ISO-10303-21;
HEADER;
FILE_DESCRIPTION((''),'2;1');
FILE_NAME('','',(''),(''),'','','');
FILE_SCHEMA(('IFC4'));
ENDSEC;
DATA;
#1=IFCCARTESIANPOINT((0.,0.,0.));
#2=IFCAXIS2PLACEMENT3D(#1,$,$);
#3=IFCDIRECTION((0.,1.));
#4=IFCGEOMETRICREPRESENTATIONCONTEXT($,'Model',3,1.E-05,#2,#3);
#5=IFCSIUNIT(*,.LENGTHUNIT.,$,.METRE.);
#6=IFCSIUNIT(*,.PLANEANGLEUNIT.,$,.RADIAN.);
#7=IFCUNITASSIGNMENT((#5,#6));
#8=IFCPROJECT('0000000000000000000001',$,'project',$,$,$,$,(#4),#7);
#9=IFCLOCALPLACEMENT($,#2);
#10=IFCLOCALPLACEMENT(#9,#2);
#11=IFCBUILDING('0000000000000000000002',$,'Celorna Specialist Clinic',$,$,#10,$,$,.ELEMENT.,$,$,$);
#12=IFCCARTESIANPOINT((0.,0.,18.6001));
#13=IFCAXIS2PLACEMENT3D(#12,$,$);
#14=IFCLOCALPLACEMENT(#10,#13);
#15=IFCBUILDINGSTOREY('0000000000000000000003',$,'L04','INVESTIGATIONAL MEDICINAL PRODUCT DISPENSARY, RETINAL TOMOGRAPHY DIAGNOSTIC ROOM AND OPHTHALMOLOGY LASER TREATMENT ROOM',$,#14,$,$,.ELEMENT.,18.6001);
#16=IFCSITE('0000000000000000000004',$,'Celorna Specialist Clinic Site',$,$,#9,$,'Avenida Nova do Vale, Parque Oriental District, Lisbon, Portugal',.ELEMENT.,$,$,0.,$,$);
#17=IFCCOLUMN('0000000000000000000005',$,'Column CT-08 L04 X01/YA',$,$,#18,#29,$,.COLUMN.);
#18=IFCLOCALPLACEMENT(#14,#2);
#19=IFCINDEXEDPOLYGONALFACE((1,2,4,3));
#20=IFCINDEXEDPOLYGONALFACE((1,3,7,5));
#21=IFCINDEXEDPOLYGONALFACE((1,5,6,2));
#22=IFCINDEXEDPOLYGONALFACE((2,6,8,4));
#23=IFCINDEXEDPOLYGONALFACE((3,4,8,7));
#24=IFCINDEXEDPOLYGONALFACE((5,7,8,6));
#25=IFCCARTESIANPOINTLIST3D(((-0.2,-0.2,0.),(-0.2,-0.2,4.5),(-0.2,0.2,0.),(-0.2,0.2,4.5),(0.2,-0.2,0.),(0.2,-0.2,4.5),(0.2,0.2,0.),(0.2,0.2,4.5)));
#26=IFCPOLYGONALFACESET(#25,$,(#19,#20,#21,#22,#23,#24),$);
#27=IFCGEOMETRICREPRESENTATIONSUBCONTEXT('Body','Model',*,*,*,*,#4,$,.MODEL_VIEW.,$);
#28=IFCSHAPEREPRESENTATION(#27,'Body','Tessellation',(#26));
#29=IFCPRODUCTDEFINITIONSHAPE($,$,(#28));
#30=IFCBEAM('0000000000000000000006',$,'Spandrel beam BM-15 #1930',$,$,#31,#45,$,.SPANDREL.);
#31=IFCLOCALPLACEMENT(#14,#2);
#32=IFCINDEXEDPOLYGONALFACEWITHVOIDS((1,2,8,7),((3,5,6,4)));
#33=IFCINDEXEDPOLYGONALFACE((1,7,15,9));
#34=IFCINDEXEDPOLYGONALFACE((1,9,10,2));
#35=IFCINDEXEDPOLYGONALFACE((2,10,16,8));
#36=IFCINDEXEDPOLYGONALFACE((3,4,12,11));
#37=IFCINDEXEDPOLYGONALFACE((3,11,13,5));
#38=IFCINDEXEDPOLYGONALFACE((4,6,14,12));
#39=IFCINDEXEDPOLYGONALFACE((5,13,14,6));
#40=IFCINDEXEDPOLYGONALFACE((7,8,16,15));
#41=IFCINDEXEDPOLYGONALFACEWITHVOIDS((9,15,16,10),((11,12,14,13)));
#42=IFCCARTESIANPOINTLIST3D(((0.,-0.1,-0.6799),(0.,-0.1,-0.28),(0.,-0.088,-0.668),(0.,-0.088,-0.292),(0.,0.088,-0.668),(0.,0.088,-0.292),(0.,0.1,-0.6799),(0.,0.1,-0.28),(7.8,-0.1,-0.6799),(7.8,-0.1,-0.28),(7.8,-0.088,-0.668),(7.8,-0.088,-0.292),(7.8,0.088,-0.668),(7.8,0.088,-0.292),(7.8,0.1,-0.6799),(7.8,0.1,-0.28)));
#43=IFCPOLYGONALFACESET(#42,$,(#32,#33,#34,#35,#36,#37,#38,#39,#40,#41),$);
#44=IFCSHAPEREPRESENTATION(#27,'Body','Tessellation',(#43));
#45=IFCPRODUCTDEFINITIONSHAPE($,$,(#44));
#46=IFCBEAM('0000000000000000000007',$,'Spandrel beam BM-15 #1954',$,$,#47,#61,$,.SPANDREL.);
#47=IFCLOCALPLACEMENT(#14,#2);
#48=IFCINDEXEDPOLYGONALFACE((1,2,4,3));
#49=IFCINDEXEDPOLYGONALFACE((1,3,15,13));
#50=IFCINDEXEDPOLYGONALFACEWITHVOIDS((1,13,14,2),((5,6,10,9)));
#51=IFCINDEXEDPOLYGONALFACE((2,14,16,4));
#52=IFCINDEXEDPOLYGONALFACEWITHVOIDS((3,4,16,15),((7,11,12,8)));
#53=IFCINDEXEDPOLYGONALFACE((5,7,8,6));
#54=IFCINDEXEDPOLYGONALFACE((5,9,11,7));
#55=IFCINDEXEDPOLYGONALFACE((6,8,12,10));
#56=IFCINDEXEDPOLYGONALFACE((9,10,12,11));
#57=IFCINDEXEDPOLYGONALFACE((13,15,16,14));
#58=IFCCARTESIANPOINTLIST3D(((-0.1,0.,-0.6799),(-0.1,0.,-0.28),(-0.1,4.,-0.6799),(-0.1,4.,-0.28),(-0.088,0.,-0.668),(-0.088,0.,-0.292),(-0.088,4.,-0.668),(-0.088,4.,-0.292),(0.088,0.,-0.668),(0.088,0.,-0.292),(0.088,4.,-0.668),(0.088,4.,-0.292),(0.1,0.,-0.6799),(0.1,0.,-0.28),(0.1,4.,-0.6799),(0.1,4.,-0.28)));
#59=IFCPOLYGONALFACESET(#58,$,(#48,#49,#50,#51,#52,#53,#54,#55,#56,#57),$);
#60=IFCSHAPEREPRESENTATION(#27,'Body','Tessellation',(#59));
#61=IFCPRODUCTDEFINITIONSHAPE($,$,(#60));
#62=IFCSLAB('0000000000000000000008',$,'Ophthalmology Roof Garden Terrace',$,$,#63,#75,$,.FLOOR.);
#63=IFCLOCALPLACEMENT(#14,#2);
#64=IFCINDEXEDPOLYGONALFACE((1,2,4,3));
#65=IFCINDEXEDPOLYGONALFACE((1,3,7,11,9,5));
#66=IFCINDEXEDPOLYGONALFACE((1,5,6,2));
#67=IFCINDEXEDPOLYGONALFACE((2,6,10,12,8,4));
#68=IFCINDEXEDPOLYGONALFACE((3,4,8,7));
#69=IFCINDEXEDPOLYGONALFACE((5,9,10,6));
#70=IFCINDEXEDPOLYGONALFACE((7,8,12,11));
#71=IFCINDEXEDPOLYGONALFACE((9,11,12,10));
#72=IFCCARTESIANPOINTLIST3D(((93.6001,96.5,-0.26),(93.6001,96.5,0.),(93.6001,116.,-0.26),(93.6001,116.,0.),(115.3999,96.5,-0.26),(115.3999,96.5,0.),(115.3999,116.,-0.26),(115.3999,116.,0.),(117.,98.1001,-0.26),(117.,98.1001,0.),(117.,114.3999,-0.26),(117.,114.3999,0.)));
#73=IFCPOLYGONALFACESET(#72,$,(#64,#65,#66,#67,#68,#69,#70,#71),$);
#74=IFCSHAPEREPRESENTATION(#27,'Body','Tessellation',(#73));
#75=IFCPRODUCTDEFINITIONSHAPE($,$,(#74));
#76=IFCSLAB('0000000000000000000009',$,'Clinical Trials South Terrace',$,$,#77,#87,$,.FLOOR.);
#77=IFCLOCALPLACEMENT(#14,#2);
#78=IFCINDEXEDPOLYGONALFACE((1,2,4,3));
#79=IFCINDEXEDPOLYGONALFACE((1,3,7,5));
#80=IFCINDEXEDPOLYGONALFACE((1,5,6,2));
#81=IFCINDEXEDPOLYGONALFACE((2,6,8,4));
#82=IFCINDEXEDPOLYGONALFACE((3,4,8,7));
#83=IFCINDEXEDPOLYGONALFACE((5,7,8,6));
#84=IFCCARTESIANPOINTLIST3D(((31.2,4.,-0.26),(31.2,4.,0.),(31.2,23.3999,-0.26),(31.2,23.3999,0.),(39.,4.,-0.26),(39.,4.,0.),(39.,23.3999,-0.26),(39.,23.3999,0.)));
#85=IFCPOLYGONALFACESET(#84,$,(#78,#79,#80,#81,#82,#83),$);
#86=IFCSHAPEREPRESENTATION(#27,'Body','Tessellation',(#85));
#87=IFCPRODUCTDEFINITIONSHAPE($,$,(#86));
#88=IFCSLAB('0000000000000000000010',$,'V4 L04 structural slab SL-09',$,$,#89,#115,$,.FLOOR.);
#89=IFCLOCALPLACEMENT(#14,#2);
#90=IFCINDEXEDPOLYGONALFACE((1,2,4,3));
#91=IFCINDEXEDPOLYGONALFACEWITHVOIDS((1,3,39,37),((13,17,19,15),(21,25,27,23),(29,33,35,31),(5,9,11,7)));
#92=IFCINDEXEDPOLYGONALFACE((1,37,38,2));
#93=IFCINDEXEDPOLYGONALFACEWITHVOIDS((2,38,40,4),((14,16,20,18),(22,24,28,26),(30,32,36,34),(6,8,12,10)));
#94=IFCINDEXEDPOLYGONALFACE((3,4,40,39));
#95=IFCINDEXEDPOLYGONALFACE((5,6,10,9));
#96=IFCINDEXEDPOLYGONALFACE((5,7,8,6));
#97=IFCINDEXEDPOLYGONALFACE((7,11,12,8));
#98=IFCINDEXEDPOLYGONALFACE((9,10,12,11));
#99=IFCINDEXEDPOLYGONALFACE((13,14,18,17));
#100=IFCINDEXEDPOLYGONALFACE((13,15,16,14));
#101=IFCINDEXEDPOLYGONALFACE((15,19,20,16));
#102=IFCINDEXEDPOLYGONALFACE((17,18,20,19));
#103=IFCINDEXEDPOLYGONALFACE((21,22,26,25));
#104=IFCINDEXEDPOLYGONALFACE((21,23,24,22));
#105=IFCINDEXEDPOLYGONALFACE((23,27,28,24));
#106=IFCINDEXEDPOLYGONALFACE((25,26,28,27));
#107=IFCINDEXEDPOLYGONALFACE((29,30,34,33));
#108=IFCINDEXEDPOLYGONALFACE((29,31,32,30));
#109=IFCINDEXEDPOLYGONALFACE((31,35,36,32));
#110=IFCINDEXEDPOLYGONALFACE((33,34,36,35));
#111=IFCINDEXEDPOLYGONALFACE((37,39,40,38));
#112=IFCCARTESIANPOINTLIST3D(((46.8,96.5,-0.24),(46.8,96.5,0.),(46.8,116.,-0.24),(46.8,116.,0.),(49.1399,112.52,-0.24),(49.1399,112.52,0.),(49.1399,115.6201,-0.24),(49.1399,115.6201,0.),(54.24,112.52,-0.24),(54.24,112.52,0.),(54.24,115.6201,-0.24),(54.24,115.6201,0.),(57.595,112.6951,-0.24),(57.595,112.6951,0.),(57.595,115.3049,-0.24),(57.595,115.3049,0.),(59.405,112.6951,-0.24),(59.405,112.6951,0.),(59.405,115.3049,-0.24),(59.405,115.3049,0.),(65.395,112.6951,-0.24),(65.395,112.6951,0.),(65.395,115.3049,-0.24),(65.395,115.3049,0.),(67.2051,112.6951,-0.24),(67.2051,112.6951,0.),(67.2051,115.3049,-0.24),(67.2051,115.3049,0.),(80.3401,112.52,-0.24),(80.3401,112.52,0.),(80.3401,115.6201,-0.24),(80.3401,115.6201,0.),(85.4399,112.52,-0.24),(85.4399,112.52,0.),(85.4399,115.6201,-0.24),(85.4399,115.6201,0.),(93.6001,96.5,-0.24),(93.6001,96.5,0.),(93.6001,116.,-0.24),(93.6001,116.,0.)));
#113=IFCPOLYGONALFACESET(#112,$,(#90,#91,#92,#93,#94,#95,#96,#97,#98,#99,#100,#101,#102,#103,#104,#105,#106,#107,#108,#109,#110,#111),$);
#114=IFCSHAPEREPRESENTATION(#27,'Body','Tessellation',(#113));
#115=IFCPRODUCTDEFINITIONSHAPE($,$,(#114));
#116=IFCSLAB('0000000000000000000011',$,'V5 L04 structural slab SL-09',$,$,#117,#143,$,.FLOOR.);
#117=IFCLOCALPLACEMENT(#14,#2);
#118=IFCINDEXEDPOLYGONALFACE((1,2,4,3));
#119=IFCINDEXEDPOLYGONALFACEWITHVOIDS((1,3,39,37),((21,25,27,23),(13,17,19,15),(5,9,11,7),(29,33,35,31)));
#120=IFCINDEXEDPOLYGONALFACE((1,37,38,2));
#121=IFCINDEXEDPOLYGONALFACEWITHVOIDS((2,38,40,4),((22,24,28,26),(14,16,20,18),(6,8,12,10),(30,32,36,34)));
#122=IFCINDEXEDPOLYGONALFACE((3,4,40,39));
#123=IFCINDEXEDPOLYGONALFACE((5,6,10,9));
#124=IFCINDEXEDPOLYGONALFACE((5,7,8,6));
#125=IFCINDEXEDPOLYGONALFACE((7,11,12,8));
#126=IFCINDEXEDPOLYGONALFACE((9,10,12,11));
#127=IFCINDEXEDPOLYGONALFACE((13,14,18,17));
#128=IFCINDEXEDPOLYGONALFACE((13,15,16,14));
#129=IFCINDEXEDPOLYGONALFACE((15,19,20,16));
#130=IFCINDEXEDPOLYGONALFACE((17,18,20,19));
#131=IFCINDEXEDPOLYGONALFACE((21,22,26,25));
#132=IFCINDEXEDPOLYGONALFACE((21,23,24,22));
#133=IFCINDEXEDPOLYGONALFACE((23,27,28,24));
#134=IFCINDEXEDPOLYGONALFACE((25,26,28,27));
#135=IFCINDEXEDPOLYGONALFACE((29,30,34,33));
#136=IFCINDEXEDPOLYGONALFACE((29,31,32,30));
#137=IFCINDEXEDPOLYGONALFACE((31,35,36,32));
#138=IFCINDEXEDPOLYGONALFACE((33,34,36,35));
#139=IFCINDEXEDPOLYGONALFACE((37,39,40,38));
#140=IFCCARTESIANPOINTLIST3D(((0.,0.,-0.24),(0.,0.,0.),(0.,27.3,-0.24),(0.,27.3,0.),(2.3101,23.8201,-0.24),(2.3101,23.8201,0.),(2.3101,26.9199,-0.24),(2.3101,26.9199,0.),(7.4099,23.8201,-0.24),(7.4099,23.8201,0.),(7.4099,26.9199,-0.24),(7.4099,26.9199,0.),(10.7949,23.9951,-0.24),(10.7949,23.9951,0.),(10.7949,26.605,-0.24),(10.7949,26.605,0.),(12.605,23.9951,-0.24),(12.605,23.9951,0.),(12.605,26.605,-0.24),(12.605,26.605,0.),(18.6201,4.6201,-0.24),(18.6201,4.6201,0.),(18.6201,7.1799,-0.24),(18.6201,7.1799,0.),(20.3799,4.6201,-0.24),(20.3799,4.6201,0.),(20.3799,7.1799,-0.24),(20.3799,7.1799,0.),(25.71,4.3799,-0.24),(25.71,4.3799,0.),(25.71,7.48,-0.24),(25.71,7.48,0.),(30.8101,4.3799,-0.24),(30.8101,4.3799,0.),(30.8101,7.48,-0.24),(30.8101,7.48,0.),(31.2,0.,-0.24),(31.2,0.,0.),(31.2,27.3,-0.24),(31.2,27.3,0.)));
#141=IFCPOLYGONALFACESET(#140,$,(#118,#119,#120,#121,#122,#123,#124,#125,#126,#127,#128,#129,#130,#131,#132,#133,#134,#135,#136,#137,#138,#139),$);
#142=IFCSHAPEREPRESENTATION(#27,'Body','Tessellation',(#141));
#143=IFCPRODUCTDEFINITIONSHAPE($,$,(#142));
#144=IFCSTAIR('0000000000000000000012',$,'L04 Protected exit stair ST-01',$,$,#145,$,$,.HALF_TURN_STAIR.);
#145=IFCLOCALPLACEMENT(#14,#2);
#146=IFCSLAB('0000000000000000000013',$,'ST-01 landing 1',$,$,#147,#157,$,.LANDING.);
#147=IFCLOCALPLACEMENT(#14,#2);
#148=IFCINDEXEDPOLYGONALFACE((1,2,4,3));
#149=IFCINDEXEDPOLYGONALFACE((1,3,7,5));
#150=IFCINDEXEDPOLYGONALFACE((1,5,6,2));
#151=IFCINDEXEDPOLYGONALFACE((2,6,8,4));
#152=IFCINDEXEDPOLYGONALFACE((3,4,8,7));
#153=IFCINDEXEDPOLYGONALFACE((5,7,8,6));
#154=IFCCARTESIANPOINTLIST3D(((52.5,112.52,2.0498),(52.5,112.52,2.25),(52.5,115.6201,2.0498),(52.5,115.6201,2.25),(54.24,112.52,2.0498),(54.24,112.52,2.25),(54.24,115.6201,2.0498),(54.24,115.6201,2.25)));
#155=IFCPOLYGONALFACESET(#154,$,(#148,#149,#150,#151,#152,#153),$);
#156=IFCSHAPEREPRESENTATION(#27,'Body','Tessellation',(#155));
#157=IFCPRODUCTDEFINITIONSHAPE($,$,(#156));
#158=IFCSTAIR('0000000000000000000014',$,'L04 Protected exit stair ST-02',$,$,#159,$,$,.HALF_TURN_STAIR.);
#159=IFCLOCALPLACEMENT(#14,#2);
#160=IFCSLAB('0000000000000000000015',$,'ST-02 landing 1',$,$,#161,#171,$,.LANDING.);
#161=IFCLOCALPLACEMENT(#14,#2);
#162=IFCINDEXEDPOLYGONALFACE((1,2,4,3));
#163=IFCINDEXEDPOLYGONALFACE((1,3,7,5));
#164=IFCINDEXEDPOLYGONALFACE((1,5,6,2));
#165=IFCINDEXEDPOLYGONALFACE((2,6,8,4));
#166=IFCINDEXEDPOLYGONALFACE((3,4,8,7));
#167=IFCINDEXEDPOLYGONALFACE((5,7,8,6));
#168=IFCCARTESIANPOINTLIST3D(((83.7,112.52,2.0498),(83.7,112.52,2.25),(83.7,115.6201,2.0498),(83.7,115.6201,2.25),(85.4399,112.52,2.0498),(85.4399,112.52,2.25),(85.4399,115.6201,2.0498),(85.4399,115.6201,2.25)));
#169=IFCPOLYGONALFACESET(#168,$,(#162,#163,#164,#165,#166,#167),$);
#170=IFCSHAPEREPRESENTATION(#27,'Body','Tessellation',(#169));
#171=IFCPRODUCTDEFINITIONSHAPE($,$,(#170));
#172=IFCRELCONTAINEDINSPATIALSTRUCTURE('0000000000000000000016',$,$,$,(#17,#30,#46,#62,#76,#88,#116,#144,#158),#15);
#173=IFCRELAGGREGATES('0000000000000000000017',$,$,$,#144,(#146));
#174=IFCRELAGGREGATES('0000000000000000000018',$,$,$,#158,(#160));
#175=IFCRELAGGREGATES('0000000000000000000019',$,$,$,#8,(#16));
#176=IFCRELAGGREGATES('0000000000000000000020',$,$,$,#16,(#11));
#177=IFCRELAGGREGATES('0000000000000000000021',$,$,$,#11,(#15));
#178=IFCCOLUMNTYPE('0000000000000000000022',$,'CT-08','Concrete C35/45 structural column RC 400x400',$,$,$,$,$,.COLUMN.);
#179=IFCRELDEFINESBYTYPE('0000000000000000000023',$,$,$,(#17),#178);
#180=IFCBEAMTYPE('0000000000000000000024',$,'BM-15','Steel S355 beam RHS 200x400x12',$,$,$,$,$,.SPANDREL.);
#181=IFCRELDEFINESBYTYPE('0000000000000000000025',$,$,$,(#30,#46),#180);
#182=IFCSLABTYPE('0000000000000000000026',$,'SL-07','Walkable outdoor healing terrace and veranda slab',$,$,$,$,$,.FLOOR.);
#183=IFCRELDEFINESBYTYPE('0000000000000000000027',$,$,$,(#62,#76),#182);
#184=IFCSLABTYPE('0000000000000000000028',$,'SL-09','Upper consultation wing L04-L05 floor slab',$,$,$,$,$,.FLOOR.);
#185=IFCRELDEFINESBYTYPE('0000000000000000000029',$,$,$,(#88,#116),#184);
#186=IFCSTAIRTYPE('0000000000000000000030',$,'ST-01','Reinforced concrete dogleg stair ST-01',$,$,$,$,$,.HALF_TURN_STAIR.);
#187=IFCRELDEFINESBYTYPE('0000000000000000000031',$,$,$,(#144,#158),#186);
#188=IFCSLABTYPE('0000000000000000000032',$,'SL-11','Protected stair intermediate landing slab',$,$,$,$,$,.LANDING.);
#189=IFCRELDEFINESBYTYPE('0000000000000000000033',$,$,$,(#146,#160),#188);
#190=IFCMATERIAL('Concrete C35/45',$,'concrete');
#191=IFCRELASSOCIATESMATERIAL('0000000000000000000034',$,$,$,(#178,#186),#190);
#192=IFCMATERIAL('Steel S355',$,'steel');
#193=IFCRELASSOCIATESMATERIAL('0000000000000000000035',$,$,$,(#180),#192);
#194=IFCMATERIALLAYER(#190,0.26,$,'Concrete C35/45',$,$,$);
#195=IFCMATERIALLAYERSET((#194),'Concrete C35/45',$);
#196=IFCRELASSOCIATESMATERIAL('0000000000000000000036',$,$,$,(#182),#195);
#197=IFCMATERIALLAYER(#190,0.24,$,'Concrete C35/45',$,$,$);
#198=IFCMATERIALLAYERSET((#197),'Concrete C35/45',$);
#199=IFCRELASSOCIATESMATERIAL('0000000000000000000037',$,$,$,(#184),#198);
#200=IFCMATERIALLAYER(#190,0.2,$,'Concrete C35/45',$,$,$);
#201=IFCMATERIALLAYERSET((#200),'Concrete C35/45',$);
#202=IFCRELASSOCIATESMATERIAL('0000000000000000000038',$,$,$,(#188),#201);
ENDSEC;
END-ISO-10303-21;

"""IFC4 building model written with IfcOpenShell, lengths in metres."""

from ifc_helpers import new_model, si_unit, direction, frame, origin, origin_with_axes, origin_2d, place, context, subcontext, project, spatial, polyline, rectangle, hollow_rectangle, outline, extrude, material, layer, layer_set, material_profile, profile_set, type_object, element, aggregate, save


model = new_model("IFC4")

# Units and contexts
model_context = context("Model", 3, precision=1e-05, world=origin(), true_north=direction((0.0, 1.0)))
body_context = subcontext(model_context, "Body", "Model", "MODEL_VIEW")
ifc_project = project(units=[si_unit("LENGTHUNIT", "METRE"), si_unit("PLANEANGLEUNIT", "RADIAN")], contexts=[model_context])

# Site, building, storey
site_placement = place(None, origin())
site = spatial("IfcSite", under=ifc_project, at=site_placement, Name="Celorna Specialist Clinic Site", LongName="Avenida Nova do Vale, Parque Oriental District, Lisbon, Portugal", CompositionType="ELEMENT", RefElevation=0.0)
building_placement = place(site_placement, origin())
building = spatial("IfcBuilding", under=site, at=building_placement, Name="Celorna Specialist Clinic", CompositionType="ELEMENT")
storey_placement = place(building_placement, frame((0.0, 0.0, 18.6001)))
storey = spatial("IfcBuildingStorey", under=building, at=storey_placement, Name="L04", Description="INVESTIGATIONAL MEDICINAL PRODUCT DISPENSARY, RETINAL TOMOGRAPHY DIAGNOSTIC ROOM AND OPHTHALMOLOGY LASER TREATMENT ROOM", CompositionType="ELEMENT", Elevation=18.6001)

# Column
ifc_material_1 = material(Name="Concrete C35/45", Category="concrete")
ifc_material_profile_1 = material_profile(ifc_material_1, rectangle(XDim=0.3999, YDim=0.3999, at=origin_2d()), Name="RC 400x400")
ifc_profile_set_1 = profile_set([ifc_material_profile_1], Name="Concrete C35/45")
column_type = type_object("IfcColumnType", Name="CT-08", Description="Concrete C35/45 structural column RC 400x400", PredefinedType="COLUMN", material=ifc_profile_set_1)
column_placement = place(storey_placement, origin_with_axes())
element("IfcColumn", 1, at=column_placement, inside=storey, type_object=column_type, Name="Column CT-08 L04 X01/YA", PredefinedType="COLUMN", context=body_context, shape_type="SweptSolid", body=[
    extrude(rectangle(XDim=0.3999, YDim=0.3999, at=origin_2d()), origin(), (0.0, 0.0, 1.0), 4.5),
])

# Beams
ifc_material_2 = material(Name="Steel S355", Category="steel")
ifc_material_profile_2 = material_profile(ifc_material_2, hollow_rectangle(XDim=0.2, YDim=0.3999, WallThickness=0.012, at=origin_2d()), Name="RHS 200x400x12")
ifc_profile_set_2 = profile_set([ifc_material_profile_2], Name="Steel S355")
beam_type = type_object("IfcBeamType", Name="BM-15", Description="Steel S355 beam RHS 200x400x12", PredefinedType="SPANDREL", material=ifc_profile_set_2)
beam_1_placement = place(storey_placement, frame((0.0, 0.0, -0.48), z_axis=(1.0, 0.0, 0.0), x_axis=(0.0, 1.0, 0.0)))
element("IfcBeam", 2, at=beam_1_placement, inside=storey, type_object=beam_type, Name="Spandrel beam BM-15 #1930", PredefinedType="SPANDREL", context=body_context, shape_type="SweptSolid", body=[
    extrude(hollow_rectangle(XDim=0.2, YDim=0.3999, WallThickness=0.012, at=origin_2d()), origin(), (0.0, 0.0, 1.0), 7.8),
])
beam_2_placement = place(storey_placement, frame((0.0, 0.0, -0.48), z_axis=(0.0, 1.0, 0.0), x_axis=(-1.0, 0.0, 0.0)))
element("IfcBeam", 3, at=beam_2_placement, inside=storey, type_object=beam_type, Name="Spandrel beam BM-15 #1954", PredefinedType="SPANDREL", context=body_context, shape_type="SweptSolid", body=[
    extrude(hollow_rectangle(XDim=0.2, YDim=0.3999, WallThickness=0.012, at=origin_2d()), origin(), (0.0, 0.0, 1.0), 4.0),
])

# Slabs
ifc_layer_1 = layer(ifc_material_1, 0.26, Name="Concrete C35/45")
ifc_layer_set_1 = layer_set([ifc_layer_1], Name="Concrete C35/45")
slab_type_1 = type_object("IfcSlabType", Name="SL-07", Description="Walkable outdoor healing terrace and veranda slab", PredefinedType="FLOOR", material=ifc_layer_set_1)
slab_1_placement = place(storey_placement, frame((0.0, 0.0, -0.26)))
element("IfcSlab", 4, at=slab_1_placement, inside=storey, type_object=slab_type_1, Name="Ophthalmology Roof Garden Terrace", PredefinedType="FLOOR", context=body_context, shape_type="SweptSolid", body=[
    extrude(outline(polyline([(93.6001, 96.5), (115.3999, 96.5), (117.0, 98.1001), (117.0, 114.3999), (115.3999, 116.0), (93.6001, 116.0), (93.6001, 96.5)])), origin(), (0.0, 0.0, 1.0), 0.26),
])
slab_2_placement = place(storey_placement, frame((0.0, 0.0, -0.26)))
element("IfcSlab", 5, at=slab_2_placement, inside=storey, type_object=slab_type_1, Name="Clinical Trials South Terrace", PredefinedType="FLOOR", context=body_context, shape_type="SweptSolid", body=[
    extrude(outline(polyline([(31.2, 4.0), (39.0, 4.0), (39.0, 23.3999), (31.2, 23.3999), (31.2, 4.0)])), origin(), (0.0, 0.0, 1.0), 0.26),
])
ifc_layer_2 = layer(ifc_material_1, 0.24, Name="Concrete C35/45")
ifc_layer_set_2 = layer_set([ifc_layer_2], Name="Concrete C35/45")
slab_type_2 = type_object("IfcSlabType", Name="SL-09", Description="Upper consultation wing L04-L05 floor slab", PredefinedType="FLOOR", material=ifc_layer_set_2)
slab_3_placement = place(storey_placement, frame((0.0, 0.0, -0.24)))
element("IfcSlab", 6, at=slab_3_placement, inside=storey, type_object=slab_type_2, Name="V4 L04 structural slab SL-09", PredefinedType="FLOOR", context=body_context, shape_type="SweptSolid", body=[
    extrude(outline(polyline([(93.6001, 96.5), (93.6001, 116.0), (46.8, 116.0), (46.8, 96.5), (93.6001, 96.5)]), holes=[polyline([(49.1399, 112.52), (54.24, 112.52), (54.24, 115.6201), (49.1399, 115.6201), (49.1399, 112.52)]), polyline([(80.3401, 112.52), (85.4399, 112.52), (85.4399, 115.6201), (80.3401, 115.6201), (80.3401, 112.52)]), polyline([(57.595, 112.6951), (59.405, 112.6951), (59.405, 115.3049), (57.595, 115.3049), (57.595, 112.6951)]), polyline([(65.395, 112.6951), (67.2051, 112.6951), (67.2051, 115.3049), (65.395, 115.3049), (65.395, 112.6951)])]), origin(), (0.0, 0.0, 1.0), 0.24),
])
slab_4_placement = place(storey_placement, frame((0.0, 0.0, -0.24)))
element("IfcSlab", 7, at=slab_4_placement, inside=storey, type_object=slab_type_2, Name="V5 L04 structural slab SL-09", PredefinedType="FLOOR", context=body_context, shape_type="SweptSolid", body=[
    extrude(outline(polyline([(31.2, 0.0), (31.2, 27.3), (0.0, 27.3), (0.0, 0.0), (31.2, 0.0)]), holes=[polyline([(2.3101, 23.8201), (7.4099, 23.8201), (7.4099, 26.9199), (2.3101, 26.9199), (2.3101, 23.8201)]), polyline([(25.71, 4.3799), (30.8101, 4.3799), (30.8101, 7.48), (25.71, 7.48), (25.71, 4.3799)]), polyline([(10.7949, 23.9951), (12.605, 23.9951), (12.605, 26.605), (10.7949, 26.605), (10.7949, 23.9951)]), polyline([(18.6201, 4.6201), (20.3799, 4.6201), (20.3799, 7.1799), (18.6201, 7.1799), (18.6201, 4.6201)])]), origin(), (0.0, 0.0, 1.0), 0.24),
])

# Stairs, slabs
stair_type = type_object("IfcStairType", Name="ST-01", Description="Reinforced concrete dogleg stair ST-01", PredefinedType="HALF_TURN_STAIR", material=ifc_material_1)
stair_1_placement = place(storey_placement, origin())
stair_1 = element("IfcStair", 8, at=stair_1_placement, inside=storey, type_object=stair_type, Name="L04 Protected exit stair ST-01", PredefinedType="HALF_TURN_STAIR")
ifc_layer_3 = layer(ifc_material_1, 0.2, Name="Concrete C35/45")
ifc_layer_set_3 = layer_set([ifc_layer_3], Name="Concrete C35/45")
slab_type_3 = type_object("IfcSlabType", Name="SL-11", Description="Protected stair intermediate landing slab", PredefinedType="LANDING", material=ifc_layer_set_3)
slab_5_placement = place(storey_placement, frame((0.0, 0.0, 2.0498)))
slab_5 = element("IfcSlab", 9, at=slab_5_placement, type_object=slab_type_3, Name="ST-01 landing 1", PredefinedType="LANDING", context=body_context, shape_type="SweptSolid", body=[
    extrude(outline(polyline([(52.5, 112.52), (54.24, 112.52), (54.24, 115.6201), (52.5, 115.6201), (52.5, 112.52)])), origin(), (0.0, 0.0, 1.0), 0.2002),
])
aggregate(stair_1, [slab_5])
stair_2_placement = place(storey_placement, origin())
stair_2 = element("IfcStair", 10, at=stair_2_placement, inside=storey, type_object=stair_type, Name="L04 Protected exit stair ST-02", PredefinedType="HALF_TURN_STAIR")
slab_6_placement = place(storey_placement, frame((0.0, 0.0, 2.0498)))
slab_6 = element("IfcSlab", 11, at=slab_6_placement, type_object=slab_type_3, Name="ST-02 landing 1", PredefinedType="LANDING", context=body_context, shape_type="SweptSolid", body=[
    extrude(outline(polyline([(83.7, 112.52), (85.4399, 112.52), (85.4399, 115.6201), (83.7, 115.6201), (83.7, 112.52)])), origin(), (0.0, 0.0, 1.0), 0.2002),
])
aggregate(stair_2, [slab_6])

save(model, "model.ifc")
